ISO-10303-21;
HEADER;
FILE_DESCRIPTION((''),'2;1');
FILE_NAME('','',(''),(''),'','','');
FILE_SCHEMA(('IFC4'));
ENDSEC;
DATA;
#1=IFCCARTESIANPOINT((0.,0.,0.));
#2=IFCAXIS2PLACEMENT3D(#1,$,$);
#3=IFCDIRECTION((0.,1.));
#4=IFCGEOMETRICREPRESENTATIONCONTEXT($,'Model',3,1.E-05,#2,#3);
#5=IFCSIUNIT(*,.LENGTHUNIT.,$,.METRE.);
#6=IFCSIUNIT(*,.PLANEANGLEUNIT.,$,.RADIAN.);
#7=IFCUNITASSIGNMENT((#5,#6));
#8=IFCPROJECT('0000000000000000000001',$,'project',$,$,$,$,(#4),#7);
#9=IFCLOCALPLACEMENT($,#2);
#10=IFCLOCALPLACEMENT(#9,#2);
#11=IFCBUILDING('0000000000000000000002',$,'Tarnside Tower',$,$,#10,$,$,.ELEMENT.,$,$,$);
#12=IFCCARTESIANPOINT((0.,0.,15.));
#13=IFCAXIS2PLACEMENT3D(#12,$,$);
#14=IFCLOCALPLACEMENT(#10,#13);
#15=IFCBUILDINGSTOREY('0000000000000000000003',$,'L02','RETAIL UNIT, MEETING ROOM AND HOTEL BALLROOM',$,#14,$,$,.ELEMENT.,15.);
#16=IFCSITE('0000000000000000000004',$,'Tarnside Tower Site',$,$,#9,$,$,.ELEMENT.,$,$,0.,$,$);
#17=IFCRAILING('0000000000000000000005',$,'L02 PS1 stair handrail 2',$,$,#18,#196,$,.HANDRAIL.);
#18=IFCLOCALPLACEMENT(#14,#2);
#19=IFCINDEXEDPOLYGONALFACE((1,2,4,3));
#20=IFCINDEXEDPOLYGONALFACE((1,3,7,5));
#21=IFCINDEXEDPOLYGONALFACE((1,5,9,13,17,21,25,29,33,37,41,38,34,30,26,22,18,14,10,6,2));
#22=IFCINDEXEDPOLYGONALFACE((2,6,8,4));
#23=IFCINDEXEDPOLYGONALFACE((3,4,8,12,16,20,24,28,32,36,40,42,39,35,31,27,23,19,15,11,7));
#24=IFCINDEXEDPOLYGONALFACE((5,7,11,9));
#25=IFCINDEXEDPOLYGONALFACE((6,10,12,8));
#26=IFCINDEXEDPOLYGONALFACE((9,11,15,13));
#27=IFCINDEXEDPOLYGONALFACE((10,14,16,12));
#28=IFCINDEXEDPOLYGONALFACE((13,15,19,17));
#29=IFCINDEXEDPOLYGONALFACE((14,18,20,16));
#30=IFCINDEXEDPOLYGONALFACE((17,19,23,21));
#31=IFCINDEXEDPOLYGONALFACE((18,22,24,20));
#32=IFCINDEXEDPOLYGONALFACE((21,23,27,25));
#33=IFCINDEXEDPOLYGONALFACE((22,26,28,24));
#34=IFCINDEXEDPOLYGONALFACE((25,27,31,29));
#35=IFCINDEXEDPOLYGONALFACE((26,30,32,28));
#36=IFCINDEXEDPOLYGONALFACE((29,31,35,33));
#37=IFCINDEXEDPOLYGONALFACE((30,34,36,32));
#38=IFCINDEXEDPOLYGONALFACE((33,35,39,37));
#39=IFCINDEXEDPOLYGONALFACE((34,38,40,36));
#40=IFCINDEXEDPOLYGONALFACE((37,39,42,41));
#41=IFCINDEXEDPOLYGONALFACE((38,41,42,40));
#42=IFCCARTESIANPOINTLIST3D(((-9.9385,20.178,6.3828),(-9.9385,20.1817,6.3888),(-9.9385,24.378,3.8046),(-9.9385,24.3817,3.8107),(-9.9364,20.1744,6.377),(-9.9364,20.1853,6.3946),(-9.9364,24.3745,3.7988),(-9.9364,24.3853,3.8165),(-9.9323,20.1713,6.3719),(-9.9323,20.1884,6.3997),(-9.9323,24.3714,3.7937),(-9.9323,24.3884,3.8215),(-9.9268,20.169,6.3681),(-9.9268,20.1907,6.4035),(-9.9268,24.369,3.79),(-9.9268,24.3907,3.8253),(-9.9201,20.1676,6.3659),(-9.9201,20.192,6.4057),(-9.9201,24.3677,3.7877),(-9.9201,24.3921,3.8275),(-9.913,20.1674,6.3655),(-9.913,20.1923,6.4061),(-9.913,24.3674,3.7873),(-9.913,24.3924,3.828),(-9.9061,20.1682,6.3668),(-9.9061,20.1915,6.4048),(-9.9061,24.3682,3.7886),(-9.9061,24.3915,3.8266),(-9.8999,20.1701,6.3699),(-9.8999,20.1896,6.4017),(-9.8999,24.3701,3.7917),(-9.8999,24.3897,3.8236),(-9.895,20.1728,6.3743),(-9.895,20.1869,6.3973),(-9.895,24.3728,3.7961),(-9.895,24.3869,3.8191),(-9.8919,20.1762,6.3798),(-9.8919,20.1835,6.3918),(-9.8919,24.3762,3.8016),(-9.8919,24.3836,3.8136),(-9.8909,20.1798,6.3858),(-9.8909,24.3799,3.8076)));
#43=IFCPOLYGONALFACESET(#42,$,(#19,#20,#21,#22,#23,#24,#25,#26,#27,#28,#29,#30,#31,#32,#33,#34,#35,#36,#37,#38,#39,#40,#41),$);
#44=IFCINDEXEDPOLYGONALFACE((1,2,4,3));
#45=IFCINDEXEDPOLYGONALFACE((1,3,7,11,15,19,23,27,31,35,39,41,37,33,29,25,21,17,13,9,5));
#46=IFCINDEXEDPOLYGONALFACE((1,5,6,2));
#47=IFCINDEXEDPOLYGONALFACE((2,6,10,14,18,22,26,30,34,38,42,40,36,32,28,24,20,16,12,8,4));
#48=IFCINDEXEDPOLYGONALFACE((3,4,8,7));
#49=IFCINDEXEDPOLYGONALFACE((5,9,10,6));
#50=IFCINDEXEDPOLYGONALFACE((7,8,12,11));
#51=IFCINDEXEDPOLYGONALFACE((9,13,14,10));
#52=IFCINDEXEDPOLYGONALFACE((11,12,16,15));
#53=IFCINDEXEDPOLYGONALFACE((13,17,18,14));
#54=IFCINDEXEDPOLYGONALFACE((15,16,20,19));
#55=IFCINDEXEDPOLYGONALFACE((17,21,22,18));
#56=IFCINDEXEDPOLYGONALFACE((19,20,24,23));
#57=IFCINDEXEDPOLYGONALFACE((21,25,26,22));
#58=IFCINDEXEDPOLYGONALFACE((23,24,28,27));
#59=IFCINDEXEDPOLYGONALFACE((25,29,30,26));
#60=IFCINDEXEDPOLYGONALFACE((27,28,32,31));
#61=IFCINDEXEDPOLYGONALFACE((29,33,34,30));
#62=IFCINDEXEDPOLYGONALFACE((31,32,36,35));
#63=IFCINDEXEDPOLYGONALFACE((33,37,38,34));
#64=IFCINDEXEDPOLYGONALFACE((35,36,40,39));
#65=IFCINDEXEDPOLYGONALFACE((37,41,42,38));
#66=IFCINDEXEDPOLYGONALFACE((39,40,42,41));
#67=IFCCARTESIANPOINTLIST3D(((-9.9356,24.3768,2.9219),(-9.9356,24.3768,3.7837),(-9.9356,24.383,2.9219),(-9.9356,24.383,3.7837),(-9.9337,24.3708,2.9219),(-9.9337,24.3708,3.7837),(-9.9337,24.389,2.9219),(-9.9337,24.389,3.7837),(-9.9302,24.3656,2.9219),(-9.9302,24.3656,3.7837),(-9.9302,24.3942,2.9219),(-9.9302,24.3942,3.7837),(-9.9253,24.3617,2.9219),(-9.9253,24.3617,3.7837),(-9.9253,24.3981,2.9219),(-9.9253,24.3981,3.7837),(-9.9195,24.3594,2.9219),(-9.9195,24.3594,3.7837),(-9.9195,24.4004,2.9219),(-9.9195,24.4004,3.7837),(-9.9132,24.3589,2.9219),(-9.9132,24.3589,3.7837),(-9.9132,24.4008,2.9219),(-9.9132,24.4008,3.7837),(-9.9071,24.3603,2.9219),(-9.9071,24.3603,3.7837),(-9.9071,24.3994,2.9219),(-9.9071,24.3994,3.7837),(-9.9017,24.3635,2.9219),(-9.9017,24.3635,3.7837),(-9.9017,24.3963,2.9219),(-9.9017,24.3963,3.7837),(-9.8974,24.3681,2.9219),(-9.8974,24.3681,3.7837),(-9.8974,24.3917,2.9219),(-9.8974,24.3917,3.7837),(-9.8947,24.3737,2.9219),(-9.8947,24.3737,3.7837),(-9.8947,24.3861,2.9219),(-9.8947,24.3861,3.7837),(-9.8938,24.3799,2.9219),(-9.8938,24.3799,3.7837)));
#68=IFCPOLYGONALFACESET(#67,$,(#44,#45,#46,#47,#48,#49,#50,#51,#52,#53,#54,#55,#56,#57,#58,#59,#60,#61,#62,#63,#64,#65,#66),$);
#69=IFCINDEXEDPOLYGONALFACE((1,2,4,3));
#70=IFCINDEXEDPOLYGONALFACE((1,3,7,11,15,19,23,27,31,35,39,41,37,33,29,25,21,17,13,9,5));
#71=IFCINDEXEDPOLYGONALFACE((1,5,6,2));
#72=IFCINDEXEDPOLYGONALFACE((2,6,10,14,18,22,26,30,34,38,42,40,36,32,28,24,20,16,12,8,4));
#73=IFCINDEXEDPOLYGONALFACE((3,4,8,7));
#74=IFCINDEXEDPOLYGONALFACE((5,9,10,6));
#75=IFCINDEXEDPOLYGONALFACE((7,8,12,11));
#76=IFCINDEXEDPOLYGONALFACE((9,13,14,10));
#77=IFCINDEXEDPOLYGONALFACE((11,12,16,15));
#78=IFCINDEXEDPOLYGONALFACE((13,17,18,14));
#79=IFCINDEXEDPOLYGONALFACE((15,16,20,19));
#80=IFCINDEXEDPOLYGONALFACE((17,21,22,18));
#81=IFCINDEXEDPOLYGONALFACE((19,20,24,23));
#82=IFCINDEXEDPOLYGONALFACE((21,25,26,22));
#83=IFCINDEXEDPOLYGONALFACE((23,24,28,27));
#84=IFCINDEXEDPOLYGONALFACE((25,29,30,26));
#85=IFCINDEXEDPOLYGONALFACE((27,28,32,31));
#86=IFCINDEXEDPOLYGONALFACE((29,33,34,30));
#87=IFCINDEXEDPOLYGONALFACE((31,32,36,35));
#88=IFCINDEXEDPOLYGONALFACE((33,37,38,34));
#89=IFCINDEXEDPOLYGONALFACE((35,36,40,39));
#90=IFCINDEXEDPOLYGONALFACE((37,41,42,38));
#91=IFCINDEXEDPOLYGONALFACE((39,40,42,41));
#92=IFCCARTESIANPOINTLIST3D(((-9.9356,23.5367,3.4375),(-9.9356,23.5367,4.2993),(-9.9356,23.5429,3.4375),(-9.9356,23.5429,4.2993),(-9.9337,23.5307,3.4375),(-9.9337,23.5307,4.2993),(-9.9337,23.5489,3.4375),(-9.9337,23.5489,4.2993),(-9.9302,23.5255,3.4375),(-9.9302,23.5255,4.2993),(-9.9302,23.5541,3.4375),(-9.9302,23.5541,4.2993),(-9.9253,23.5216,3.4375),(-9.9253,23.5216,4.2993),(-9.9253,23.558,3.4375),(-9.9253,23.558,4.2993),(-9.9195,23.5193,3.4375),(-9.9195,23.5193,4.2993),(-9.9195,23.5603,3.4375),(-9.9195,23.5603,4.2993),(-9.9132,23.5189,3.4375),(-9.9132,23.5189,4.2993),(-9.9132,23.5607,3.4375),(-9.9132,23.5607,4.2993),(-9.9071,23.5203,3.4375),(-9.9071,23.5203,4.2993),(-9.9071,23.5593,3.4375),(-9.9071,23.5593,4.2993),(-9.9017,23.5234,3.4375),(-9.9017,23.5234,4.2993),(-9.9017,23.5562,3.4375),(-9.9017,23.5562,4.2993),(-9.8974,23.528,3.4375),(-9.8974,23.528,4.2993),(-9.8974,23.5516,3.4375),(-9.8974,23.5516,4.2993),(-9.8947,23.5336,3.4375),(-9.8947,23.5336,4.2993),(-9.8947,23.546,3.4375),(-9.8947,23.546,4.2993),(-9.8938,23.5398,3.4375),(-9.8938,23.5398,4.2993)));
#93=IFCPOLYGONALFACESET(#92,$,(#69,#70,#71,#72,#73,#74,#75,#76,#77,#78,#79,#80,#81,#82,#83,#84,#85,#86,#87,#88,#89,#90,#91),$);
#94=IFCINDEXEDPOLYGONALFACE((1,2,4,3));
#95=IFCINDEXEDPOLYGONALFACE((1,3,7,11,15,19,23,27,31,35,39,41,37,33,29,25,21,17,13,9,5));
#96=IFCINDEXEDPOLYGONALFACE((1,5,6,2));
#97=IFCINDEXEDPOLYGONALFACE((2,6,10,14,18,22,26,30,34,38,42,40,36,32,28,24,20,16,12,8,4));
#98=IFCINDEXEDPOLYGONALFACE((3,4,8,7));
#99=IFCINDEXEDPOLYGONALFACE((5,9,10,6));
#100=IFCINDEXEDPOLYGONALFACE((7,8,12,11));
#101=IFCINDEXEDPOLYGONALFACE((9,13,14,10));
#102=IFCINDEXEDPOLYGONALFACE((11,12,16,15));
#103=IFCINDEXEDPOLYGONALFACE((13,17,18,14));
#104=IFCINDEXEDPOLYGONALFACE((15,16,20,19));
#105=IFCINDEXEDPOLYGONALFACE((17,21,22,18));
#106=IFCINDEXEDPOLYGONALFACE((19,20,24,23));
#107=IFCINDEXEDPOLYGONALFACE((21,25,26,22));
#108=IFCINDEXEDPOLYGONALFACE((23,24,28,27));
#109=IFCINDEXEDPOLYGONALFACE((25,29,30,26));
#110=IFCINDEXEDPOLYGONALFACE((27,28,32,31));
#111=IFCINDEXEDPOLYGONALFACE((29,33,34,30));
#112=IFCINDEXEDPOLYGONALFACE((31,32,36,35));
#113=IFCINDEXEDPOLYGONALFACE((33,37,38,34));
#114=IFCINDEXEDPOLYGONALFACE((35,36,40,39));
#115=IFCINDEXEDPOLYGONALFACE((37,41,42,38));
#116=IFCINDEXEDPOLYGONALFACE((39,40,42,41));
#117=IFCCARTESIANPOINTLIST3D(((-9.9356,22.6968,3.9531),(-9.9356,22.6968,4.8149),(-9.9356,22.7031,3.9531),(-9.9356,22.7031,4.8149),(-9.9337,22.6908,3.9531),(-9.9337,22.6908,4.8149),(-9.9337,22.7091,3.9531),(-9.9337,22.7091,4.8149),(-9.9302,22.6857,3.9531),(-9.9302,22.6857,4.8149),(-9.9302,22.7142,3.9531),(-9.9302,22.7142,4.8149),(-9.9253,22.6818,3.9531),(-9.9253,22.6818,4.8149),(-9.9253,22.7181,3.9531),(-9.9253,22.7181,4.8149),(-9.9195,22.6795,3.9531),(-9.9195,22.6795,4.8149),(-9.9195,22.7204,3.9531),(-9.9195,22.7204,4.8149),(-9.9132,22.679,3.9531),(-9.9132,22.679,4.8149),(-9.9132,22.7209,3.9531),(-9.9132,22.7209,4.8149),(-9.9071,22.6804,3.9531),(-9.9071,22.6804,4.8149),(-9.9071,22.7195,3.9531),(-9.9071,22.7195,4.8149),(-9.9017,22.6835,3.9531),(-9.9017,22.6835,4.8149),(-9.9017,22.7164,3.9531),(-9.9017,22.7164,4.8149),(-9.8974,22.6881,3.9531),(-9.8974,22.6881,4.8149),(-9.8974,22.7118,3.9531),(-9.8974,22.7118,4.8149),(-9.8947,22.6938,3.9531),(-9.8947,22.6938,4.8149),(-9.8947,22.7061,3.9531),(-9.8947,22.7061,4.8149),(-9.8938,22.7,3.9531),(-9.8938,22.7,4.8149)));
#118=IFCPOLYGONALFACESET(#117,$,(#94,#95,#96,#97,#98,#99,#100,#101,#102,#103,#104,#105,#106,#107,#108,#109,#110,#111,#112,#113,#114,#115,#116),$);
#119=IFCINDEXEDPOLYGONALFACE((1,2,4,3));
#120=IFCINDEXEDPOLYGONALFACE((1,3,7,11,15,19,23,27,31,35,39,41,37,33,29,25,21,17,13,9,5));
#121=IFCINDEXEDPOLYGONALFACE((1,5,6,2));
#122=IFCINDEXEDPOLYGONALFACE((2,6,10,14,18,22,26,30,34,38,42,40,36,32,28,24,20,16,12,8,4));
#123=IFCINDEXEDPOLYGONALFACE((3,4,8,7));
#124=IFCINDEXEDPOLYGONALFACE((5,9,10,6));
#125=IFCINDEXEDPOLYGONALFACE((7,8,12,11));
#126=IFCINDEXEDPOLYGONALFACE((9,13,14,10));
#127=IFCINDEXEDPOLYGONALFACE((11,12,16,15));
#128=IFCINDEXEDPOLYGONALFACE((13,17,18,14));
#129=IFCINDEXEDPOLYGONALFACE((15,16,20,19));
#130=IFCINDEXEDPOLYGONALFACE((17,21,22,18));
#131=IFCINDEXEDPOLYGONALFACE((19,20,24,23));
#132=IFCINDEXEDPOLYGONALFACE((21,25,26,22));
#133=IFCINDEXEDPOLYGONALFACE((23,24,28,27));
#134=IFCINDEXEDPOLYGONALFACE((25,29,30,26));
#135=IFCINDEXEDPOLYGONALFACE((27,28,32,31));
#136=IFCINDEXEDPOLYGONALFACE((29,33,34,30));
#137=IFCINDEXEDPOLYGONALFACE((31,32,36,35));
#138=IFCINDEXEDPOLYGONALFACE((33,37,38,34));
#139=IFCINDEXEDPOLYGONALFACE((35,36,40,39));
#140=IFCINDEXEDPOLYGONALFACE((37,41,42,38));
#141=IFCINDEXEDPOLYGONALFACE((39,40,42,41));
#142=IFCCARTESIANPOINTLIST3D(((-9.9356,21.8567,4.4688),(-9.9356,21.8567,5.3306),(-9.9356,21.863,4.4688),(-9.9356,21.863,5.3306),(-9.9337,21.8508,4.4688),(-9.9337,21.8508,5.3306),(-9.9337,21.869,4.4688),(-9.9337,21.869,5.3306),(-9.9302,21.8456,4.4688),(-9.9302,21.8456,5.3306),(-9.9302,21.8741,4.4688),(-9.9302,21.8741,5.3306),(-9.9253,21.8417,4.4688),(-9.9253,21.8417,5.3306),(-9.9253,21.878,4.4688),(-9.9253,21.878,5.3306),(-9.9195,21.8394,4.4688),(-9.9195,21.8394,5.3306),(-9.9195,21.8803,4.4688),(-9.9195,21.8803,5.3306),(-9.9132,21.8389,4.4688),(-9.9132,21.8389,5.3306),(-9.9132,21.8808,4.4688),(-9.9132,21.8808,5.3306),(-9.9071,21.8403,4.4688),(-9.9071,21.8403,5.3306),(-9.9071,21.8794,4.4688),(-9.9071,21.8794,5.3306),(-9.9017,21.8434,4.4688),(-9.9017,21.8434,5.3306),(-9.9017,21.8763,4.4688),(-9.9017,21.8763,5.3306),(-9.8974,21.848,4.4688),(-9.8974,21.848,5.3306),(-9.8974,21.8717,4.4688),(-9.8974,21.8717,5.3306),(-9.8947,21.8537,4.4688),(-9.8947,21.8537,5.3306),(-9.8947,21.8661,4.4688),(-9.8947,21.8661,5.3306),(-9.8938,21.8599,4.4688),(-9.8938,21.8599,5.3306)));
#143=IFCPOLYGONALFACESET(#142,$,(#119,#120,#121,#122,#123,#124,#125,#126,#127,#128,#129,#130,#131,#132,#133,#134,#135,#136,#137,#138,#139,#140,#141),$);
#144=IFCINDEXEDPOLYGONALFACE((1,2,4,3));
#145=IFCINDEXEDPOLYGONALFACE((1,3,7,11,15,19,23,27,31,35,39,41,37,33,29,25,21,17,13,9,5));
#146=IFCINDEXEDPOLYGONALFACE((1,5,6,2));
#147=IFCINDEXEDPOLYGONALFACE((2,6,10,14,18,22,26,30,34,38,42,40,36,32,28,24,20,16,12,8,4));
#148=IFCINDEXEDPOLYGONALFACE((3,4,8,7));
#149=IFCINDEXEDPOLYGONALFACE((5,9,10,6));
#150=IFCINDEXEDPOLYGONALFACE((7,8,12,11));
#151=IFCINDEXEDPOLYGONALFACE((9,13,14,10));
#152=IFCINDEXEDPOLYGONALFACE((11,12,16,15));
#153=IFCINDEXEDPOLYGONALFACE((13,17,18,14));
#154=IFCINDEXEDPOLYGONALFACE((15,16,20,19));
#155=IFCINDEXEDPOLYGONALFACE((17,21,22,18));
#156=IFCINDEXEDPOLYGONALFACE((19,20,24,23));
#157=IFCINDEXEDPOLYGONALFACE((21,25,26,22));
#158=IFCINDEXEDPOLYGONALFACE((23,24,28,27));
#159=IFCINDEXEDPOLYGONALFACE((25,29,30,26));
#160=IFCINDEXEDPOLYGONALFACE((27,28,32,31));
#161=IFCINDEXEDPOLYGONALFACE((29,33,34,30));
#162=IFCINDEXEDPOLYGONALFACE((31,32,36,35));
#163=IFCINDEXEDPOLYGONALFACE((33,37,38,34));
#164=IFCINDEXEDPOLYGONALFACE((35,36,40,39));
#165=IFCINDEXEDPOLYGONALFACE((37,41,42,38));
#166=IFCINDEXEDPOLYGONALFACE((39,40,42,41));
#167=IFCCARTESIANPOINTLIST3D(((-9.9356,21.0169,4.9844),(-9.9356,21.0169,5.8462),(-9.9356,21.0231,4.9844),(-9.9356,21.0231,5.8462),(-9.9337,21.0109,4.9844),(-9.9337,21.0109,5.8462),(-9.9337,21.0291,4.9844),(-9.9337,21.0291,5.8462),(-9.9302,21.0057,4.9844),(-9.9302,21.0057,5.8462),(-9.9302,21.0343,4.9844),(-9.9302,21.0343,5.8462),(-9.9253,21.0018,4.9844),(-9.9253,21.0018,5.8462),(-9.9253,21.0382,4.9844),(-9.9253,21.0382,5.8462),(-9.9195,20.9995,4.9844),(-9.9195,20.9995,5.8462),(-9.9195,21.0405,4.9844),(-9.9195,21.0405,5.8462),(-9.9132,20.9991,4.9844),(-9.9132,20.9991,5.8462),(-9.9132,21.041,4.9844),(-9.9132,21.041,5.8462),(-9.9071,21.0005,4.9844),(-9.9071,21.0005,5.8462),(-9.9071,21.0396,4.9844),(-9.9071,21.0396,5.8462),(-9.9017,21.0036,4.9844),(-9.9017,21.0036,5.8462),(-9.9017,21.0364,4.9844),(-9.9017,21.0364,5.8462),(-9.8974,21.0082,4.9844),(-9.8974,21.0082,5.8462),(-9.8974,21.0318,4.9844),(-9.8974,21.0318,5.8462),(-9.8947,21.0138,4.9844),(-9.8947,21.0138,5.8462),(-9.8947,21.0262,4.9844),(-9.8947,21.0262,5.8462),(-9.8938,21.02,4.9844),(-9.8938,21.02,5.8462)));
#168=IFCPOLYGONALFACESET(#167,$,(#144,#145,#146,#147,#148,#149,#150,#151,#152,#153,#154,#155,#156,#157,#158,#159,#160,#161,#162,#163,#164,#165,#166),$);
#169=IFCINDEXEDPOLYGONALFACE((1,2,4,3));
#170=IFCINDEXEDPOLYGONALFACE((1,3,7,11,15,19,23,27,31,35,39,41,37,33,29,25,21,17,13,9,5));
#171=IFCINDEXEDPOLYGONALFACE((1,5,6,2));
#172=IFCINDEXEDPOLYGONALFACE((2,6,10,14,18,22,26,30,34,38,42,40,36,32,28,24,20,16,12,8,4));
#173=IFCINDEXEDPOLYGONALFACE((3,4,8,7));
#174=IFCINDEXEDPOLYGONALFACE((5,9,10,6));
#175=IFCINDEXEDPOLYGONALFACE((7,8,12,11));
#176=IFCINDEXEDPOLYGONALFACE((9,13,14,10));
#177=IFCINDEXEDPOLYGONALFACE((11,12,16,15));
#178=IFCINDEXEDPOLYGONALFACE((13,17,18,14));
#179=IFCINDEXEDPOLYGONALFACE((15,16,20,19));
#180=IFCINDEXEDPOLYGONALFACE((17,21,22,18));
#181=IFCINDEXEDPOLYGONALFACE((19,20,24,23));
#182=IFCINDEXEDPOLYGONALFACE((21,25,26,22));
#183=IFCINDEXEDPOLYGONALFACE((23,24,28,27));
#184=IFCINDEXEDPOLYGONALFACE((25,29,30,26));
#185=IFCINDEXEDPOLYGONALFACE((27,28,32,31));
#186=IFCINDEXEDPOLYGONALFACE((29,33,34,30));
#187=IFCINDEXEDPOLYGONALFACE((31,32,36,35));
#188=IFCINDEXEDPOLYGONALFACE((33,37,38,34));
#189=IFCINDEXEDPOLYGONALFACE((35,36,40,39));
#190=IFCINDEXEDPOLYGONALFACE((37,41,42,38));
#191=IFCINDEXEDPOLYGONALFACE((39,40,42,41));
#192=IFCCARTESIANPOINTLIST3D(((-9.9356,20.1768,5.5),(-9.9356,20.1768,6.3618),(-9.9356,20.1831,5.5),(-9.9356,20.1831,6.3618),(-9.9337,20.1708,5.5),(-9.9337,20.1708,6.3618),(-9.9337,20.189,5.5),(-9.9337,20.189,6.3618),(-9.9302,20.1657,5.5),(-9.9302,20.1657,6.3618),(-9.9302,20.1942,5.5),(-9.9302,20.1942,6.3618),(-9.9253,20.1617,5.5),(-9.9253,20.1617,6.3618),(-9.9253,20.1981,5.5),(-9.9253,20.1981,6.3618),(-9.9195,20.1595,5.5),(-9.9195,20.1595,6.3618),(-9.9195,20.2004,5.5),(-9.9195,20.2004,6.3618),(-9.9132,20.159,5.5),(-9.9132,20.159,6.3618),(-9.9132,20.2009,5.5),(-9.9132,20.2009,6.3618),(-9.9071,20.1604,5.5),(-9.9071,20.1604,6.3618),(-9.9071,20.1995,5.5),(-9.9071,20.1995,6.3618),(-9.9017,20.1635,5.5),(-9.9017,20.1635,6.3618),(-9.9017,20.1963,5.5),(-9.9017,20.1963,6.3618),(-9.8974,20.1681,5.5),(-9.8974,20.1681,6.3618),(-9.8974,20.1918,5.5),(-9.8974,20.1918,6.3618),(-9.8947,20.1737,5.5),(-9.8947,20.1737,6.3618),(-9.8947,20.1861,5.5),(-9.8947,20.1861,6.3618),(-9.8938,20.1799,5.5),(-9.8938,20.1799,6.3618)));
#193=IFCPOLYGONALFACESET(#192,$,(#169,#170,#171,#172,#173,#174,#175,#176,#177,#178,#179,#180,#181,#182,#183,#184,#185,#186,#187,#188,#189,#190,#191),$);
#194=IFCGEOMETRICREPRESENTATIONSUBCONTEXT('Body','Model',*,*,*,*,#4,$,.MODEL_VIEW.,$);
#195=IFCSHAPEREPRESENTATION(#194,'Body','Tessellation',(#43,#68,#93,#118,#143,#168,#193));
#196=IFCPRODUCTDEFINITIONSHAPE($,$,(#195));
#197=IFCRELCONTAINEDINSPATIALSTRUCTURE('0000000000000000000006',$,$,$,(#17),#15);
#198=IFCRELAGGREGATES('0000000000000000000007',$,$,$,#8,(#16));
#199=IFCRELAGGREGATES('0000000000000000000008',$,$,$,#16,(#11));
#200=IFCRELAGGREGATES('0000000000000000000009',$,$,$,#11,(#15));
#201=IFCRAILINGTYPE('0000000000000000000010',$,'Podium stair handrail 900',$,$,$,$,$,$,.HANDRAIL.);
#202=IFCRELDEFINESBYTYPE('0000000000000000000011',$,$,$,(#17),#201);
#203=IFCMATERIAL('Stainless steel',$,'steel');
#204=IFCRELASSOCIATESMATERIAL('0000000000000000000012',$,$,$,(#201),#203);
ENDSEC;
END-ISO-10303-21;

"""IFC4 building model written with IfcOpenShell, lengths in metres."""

from ifc_helpers import new_model, si_unit, direction, frame, origin, origin_2d, place, context, subcontext, project, spatial, circle, extrude, material, type_object, element, save


model = new_model("IFC4")

# Units and contexts
model_context = context("Model", 3, precision=1e-05, world=origin(), true_north=direction((0.0, 1.0)))
body_context = subcontext(model_context, "Body", "Model", "MODEL_VIEW")
ifc_project = project(units=[si_unit("LENGTHUNIT", "METRE"), si_unit("PLANEANGLEUNIT", "RADIAN")], contexts=[model_context])

# Site, building, storey
site_placement = place(None, origin())
site = spatial("IfcSite", under=ifc_project, at=site_placement, Name="Tarnside Tower Site", CompositionType="ELEMENT", RefElevation=0.0)
building_placement = place(site_placement, origin())
building = spatial("IfcBuilding", under=site, at=building_placement, Name="Tarnside Tower", CompositionType="ELEMENT")
storey_placement = place(building_placement, frame((0.0, 0.0, 15.0)))
storey = spatial("IfcBuildingStorey", under=building, at=storey_placement, Name="L02", Description="RETAIL UNIT, MEETING ROOM AND HOTEL BALLROOM", CompositionType="ELEMENT", Elevation=15.0)

# Railing
ifc_material_1 = material(Name="Stainless steel", Category="steel")
railing_type_1 = type_object("IfcRailingType", Name="Podium stair handrail 900", PredefinedType="HANDRAIL", material=ifc_material_1)
railing_1_placement = place(storey_placement, frame((-9.9148, 24.3799, 2.9219)))
element("IfcRailing", 1, at=railing_1_placement, inside=storey, type_object=railing_type_1, Name="L02 PS1 stair handrail 2", PredefinedType="HANDRAIL", context=body_context, shape_type="SweptSolid", body=[
    extrude(circle(Radius=0.0239, at=origin_2d()), frame((0.0, 0.0, 0.8857), z_axis=(0.0, -0.852243, 0.523146), x_axis=(1.0, 0.0, 0.0)), (0.0, 0.0, 1.0), 4.9282),
    extrude(circle(Radius=0.021, at=origin_2d()), origin(), (0.0, 0.0, 1.0), 0.8618),
    extrude(circle(Radius=0.021, at=origin_2d()), frame((0.0, -0.8401, 0.5156)), (0.0, 0.0, 1.0), 0.8618),
    extrude(circle(Radius=0.021, at=origin_2d()), frame((0.0, -1.6799, 1.0312)), (0.0, 0.0, 1.0), 0.8618),
    extrude(circle(Radius=0.021, at=origin_2d()), frame((0.0, -2.52, 1.5469)), (0.0, 0.0, 1.0), 0.8618),
    extrude(circle(Radius=0.021, at=origin_2d()), frame((0.0, -3.3599, 2.0625)), (0.0, 0.0, 1.0), 0.8618),
    extrude(circle(Radius=0.021, at=origin_2d()), frame((0.0, -4.2, 2.5781)), (0.0, 0.0, 1.0), 0.8618),
])

save(model, "model.ifc")
